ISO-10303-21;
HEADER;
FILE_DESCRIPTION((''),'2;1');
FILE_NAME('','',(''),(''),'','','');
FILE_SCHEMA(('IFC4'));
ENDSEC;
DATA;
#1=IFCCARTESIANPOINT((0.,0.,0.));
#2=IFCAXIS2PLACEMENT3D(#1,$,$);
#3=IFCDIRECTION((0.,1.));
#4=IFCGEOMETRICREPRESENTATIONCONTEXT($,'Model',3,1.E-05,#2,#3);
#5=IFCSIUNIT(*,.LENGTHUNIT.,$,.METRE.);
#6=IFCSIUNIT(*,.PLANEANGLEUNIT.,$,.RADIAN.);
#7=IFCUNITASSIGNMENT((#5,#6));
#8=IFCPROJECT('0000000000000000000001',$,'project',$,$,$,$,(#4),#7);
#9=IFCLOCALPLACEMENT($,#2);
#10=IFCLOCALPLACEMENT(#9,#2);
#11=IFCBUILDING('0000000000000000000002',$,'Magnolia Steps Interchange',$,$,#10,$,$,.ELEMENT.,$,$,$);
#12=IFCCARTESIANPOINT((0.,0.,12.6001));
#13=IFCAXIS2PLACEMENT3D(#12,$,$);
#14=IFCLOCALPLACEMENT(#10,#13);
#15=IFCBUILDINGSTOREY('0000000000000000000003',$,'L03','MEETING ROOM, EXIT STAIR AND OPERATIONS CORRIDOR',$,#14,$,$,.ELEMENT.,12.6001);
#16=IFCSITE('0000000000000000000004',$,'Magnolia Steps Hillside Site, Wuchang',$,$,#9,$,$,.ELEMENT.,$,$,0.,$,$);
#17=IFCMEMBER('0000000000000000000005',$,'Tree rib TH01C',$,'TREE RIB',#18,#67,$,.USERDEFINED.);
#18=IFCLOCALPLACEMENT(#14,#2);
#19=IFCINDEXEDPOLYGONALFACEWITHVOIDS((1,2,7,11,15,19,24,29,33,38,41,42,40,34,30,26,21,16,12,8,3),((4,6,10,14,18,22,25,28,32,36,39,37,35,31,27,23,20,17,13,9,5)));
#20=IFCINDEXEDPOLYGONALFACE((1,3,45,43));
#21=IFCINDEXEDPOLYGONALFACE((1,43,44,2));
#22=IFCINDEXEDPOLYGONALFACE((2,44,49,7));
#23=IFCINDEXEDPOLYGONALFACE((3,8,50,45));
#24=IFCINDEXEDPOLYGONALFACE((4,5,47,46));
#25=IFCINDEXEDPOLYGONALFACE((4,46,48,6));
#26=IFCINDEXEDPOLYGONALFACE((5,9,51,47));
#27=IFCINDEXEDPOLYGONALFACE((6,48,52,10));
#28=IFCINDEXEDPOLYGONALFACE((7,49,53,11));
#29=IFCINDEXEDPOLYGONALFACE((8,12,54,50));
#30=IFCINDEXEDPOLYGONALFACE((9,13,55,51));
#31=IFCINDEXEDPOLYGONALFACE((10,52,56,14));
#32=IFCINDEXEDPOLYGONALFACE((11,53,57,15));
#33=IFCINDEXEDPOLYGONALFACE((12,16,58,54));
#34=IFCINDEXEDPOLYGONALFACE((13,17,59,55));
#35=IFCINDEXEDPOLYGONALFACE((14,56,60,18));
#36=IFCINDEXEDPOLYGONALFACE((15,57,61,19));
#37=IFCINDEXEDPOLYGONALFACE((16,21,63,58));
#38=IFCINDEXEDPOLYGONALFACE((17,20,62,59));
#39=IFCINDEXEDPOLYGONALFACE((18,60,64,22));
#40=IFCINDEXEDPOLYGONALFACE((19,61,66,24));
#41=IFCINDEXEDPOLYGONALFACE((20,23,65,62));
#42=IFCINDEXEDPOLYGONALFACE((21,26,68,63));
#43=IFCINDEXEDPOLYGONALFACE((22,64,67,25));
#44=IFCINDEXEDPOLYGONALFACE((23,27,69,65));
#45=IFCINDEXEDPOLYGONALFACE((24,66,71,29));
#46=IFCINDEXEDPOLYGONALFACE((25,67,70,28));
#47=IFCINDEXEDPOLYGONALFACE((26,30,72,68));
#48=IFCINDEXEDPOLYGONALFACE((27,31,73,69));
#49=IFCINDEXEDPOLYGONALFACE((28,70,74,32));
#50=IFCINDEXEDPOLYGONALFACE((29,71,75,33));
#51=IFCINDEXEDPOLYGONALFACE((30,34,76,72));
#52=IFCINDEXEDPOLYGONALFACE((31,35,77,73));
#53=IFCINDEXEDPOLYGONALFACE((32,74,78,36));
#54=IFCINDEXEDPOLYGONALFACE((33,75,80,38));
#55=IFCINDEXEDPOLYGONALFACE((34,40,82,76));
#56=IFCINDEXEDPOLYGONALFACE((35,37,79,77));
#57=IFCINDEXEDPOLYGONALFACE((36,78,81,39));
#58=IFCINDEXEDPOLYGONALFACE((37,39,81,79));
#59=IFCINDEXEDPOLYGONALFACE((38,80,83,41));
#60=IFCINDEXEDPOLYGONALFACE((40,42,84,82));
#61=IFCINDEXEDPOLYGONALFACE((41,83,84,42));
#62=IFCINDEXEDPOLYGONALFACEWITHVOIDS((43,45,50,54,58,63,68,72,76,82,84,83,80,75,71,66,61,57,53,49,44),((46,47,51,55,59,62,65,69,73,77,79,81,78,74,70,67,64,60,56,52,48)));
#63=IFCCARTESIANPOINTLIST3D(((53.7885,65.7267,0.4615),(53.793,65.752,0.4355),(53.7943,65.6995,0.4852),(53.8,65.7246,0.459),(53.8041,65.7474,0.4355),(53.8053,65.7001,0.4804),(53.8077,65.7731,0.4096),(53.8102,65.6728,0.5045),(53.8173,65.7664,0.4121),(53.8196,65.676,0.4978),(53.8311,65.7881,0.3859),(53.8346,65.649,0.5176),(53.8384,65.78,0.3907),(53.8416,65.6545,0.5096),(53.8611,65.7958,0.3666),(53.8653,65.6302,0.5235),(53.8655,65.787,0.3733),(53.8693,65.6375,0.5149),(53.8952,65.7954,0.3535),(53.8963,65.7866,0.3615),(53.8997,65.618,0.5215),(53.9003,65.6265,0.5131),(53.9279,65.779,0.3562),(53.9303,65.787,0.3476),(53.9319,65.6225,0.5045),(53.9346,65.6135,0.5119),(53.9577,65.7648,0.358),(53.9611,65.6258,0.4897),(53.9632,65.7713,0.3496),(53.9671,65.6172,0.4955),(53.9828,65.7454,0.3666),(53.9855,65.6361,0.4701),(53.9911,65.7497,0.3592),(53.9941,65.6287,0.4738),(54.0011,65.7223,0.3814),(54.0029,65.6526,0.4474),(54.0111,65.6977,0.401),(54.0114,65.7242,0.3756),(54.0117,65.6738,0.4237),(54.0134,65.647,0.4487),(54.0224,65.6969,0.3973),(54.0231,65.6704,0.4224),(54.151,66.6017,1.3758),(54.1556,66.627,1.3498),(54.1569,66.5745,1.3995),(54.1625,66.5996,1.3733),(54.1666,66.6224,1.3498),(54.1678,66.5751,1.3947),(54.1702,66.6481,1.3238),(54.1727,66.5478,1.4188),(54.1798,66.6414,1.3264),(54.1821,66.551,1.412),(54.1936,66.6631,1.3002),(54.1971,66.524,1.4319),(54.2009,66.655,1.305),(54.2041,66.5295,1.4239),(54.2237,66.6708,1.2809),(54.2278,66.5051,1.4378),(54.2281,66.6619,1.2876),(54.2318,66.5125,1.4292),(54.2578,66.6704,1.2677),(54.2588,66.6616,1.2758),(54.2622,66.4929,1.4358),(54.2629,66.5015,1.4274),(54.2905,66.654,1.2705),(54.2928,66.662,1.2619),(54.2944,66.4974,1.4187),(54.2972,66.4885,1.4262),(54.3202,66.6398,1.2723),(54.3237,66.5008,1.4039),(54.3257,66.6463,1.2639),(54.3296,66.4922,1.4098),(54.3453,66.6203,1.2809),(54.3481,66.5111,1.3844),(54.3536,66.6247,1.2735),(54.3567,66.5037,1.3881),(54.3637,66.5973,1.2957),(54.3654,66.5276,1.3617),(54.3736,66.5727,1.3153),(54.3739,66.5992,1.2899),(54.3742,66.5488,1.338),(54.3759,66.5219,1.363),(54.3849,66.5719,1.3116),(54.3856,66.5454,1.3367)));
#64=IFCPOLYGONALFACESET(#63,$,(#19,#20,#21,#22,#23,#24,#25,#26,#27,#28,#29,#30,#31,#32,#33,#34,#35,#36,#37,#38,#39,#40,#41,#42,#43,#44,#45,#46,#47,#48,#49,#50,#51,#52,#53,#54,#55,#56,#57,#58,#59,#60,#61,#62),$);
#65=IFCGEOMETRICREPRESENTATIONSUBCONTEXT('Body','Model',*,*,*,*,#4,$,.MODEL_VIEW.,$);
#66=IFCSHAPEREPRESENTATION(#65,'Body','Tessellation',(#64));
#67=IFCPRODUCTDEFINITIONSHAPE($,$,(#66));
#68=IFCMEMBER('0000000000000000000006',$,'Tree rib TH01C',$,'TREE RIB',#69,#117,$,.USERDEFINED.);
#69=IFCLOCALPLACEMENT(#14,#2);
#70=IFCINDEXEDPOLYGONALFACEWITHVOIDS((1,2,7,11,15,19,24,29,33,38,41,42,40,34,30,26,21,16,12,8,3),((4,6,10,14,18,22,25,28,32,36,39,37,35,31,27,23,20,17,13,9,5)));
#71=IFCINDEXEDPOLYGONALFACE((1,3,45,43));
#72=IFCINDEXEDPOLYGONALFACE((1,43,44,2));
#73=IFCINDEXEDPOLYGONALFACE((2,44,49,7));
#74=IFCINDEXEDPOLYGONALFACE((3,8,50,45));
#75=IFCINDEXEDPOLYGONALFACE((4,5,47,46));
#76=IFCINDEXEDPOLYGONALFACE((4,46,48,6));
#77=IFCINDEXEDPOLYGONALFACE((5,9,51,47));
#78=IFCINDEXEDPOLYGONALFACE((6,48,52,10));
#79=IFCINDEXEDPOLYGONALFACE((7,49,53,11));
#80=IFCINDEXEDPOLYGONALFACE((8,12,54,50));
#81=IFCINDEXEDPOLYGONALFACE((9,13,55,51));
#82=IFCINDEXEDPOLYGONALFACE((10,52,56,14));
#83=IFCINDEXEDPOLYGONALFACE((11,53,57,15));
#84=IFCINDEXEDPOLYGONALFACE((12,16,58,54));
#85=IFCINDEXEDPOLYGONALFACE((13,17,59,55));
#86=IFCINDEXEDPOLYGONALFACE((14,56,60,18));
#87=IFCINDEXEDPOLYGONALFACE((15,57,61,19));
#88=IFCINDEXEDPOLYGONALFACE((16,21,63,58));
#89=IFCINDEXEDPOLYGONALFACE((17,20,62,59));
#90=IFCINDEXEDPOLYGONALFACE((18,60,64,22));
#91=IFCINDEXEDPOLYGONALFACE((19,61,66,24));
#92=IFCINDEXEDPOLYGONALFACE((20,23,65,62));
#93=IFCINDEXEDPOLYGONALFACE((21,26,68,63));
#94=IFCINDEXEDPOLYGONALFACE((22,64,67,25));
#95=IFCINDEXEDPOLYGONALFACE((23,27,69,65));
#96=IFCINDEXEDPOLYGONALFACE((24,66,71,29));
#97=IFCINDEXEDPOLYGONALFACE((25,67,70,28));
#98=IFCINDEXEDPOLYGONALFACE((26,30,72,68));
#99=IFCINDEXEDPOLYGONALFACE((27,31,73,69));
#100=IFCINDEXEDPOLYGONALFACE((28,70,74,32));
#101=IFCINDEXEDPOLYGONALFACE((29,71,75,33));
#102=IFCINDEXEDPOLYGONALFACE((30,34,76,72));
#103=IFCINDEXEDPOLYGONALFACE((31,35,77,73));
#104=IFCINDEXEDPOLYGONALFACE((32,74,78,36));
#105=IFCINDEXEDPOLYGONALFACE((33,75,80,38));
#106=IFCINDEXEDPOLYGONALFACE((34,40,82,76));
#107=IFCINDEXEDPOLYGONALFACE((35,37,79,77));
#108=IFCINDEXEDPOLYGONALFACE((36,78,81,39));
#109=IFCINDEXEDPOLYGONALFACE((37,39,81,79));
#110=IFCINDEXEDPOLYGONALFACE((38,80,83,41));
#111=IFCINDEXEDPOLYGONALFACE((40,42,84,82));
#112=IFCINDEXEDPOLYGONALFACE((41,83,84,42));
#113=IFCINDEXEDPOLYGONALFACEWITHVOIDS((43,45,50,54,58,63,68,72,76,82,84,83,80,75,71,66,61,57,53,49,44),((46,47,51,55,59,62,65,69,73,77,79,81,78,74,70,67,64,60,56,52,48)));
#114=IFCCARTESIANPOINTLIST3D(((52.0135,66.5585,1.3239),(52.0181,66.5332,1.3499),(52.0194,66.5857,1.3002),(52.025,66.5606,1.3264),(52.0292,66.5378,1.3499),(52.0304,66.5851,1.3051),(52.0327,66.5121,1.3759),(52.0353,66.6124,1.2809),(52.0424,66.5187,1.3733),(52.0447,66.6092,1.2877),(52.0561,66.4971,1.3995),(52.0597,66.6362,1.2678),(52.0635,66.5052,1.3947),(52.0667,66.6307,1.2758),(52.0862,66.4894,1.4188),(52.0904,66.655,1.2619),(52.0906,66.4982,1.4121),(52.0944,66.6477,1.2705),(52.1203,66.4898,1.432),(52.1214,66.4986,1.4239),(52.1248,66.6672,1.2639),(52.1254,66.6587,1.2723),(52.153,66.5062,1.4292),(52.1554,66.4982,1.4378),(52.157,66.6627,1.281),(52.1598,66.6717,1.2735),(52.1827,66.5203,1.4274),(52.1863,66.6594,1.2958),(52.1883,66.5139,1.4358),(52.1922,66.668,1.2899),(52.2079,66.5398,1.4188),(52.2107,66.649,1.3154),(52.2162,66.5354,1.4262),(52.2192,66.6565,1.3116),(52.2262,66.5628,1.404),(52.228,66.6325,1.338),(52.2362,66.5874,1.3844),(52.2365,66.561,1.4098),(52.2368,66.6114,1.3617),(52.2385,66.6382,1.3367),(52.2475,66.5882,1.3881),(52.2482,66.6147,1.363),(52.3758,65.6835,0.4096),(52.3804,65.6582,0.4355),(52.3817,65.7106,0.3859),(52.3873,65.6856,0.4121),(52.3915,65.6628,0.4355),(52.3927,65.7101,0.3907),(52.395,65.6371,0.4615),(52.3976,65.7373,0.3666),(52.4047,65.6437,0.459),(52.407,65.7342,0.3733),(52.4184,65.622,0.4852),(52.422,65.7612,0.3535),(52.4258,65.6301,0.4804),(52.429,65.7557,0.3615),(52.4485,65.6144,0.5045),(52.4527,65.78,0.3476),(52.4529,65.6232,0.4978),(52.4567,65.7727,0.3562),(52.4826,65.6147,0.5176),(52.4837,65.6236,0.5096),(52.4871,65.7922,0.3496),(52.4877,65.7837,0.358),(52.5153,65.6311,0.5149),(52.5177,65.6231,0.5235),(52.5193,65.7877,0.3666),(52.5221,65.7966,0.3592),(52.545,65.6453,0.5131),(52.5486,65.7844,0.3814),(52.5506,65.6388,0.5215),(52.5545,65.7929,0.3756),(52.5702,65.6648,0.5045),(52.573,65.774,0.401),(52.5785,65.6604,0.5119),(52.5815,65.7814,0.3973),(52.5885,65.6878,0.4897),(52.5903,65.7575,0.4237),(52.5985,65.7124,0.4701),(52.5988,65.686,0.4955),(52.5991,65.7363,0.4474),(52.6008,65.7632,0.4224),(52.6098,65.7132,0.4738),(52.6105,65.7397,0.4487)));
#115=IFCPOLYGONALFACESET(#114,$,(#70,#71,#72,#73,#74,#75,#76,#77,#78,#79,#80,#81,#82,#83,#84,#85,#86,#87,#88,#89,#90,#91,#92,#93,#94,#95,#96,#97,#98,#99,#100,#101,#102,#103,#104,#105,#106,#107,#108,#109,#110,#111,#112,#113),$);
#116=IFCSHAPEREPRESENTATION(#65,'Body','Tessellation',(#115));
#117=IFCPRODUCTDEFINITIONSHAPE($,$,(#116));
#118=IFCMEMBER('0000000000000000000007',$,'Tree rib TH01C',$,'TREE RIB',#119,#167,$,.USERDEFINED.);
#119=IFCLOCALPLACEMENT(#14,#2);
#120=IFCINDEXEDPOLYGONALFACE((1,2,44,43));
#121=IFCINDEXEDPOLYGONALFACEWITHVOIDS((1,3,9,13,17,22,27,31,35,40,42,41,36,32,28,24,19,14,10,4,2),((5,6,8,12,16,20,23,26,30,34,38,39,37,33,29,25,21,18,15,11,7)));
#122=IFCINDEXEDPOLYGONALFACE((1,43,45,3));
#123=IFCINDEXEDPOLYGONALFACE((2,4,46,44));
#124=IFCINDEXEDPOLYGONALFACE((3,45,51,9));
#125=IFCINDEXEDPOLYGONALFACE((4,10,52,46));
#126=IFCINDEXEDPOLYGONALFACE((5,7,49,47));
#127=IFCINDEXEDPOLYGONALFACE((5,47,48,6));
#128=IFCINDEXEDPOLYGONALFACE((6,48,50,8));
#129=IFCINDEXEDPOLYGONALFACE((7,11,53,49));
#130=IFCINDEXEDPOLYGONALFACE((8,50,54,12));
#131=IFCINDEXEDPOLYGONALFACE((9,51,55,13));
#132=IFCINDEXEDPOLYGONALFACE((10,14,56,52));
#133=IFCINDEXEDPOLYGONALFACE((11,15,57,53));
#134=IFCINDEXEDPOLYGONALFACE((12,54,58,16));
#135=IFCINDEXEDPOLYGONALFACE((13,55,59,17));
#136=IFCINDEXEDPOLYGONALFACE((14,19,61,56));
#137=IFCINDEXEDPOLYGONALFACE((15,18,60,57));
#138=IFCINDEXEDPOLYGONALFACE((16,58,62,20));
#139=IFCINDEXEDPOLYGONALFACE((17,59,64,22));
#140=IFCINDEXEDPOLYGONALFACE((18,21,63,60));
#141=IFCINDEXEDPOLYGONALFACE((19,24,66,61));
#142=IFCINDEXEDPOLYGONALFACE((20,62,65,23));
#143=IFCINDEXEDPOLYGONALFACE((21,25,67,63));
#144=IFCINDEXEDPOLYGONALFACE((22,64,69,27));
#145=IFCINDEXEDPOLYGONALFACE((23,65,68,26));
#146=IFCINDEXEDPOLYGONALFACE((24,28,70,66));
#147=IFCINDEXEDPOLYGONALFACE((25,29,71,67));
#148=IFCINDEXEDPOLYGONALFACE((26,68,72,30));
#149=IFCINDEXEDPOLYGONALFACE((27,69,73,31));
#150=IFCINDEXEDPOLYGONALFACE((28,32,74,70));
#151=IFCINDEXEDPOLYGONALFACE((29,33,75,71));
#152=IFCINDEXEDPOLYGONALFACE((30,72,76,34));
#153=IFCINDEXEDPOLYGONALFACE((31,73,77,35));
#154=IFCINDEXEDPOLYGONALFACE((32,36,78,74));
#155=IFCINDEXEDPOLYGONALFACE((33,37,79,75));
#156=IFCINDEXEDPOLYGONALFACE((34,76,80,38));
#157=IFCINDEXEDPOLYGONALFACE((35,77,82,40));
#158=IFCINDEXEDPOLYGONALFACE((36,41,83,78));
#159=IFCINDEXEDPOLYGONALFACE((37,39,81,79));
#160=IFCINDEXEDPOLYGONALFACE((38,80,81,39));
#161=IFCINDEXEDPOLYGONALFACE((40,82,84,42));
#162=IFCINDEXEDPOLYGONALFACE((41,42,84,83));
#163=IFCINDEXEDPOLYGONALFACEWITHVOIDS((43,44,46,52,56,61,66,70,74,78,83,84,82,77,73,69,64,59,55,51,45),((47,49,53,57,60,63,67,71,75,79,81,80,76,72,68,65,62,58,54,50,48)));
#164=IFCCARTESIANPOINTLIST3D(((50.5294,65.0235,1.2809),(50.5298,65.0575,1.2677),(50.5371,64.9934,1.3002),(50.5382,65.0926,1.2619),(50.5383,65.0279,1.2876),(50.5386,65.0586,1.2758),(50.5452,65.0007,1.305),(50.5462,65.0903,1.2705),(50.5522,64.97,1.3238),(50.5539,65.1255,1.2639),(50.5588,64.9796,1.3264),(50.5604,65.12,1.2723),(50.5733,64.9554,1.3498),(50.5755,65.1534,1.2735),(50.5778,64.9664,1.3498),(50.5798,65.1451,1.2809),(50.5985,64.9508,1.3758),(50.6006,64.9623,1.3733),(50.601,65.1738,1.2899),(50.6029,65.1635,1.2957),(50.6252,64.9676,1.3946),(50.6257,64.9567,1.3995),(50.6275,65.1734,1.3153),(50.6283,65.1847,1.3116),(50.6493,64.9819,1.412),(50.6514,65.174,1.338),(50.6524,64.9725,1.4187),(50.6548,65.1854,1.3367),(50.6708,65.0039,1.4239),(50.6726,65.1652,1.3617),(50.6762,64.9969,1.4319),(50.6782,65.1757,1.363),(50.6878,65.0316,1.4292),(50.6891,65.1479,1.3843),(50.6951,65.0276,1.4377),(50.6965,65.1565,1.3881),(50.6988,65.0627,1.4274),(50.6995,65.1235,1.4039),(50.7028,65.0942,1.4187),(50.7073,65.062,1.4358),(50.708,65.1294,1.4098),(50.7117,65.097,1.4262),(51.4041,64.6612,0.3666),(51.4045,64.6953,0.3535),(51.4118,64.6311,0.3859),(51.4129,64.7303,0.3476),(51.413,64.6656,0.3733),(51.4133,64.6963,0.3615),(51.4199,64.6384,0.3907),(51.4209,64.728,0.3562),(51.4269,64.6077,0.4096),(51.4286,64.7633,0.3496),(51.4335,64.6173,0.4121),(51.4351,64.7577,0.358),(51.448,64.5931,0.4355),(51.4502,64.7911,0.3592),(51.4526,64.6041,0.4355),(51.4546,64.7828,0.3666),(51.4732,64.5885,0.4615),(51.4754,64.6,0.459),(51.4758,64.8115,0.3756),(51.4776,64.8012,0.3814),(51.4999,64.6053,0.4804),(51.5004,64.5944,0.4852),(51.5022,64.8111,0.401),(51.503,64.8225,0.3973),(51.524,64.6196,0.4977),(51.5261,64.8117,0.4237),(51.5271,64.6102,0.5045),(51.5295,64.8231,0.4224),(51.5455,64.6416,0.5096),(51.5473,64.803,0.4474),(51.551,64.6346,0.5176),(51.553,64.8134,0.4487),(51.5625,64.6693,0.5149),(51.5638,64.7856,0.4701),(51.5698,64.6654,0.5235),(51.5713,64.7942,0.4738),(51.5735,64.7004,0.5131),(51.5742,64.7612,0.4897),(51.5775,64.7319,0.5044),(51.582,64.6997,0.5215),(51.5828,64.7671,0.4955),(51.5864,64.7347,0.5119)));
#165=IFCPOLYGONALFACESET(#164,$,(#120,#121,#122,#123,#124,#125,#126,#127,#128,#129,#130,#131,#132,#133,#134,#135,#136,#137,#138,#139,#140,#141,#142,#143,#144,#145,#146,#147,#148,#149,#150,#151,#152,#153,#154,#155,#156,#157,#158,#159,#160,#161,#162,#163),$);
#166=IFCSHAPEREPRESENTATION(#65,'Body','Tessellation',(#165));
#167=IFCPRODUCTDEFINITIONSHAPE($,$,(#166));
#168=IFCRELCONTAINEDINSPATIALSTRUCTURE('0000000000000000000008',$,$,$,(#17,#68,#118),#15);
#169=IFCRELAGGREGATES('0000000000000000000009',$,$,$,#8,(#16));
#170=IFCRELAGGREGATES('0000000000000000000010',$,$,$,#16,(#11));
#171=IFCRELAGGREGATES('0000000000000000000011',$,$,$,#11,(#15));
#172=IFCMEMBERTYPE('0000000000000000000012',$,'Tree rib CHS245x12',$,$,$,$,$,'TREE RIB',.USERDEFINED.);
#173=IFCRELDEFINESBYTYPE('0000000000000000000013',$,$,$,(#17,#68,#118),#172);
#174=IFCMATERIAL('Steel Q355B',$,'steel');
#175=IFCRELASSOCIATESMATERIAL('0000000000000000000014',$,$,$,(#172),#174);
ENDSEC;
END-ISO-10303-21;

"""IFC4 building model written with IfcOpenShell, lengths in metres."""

from ifc_helpers import new_model, si_unit, direction, frame, origin, origin_2d, place, context, subcontext, project, spatial, hollow_circle, extrude, material, material_profile, profile_set, type_object, element, save


model = new_model("IFC4")

# Units and contexts
model_context = context("Model", 3, precision=1e-05, world=origin(), true_north=direction((0.0, 1.0)))
body_context = subcontext(model_context, "Body", "Model", "MODEL_VIEW")
ifc_project = project(units=[si_unit("LENGTHUNIT", "METRE"), si_unit("PLANEANGLEUNIT", "RADIAN")], contexts=[model_context])

# Site, building, storey
site_placement = place(None, origin())
site = spatial("IfcSite", under=ifc_project, at=site_placement, Name="Magnolia Steps Hillside Site, Wuchang", CompositionType="ELEMENT", RefElevation=0.0)
building_placement = place(site_placement, origin())
building = spatial("IfcBuilding", under=site, at=building_placement, Name="Magnolia Steps Interchange", CompositionType="ELEMENT")
storey_placement = place(building_placement, frame((0.0, 0.0, 12.6001)))
storey = spatial("IfcBuildingStorey", under=building, at=storey_placement, Name="L03", Description="MEETING ROOM, EXIT STAIR AND OPERATIONS CORRIDOR", CompositionType="ELEMENT", Elevation=12.6001)

# Members
ifc_material_1 = material(Name="Steel Q355B", Category="steel")
ifc_material_profile_1 = material_profile(ifc_material_1, hollow_circle(Radius=0.1226, WallThickness=0.012, at=origin_2d()), Name="CHS245x12")
ifc_profile_set_1 = profile_set([ifc_material_profile_1], Name="Steel Q355B")
member_type = type_object("IfcMemberType", Name="Tree rib CHS245x12", ElementType="TREE RIB", PredefinedType="USERDEFINED", material=ifc_profile_set_1)
for number, where, z_axis, x_axis, name in (
    (1, (53.9062, 65.7051, 0.4355), (0.2754, 0.66467, 0.694528), (-0.923838, 0.382784, 0.0), "Tree rib TH01C"),
    (2, (52.4937, 65.7051, 0.4355), (-0.275229, 0.664704, 0.694563), (-0.923929, -0.382564, 0.0), "Tree rib TH01C"),
):
    element("IfcMember", number, at=place(storey_placement, frame(where, z_axis=z_axis, x_axis=x_axis)), inside=storey, type_object=member_type, Name=name, ObjectType="TREE RIB", PredefinedType="USERDEFINED", context=body_context, shape_type="SweptSolid", body=[
        extrude(hollow_circle(Radius=0.1226, WallThickness=0.012, at=origin_2d()), origin(), (0.0, 0.0, 1.0), 1.3164),
    ])
for number, where, z_axis, x_axis, name in (
    (3, (51.4949, 64.7063, 0.4355), (-0.6646, 0.275263, 0.694649), (-0.382655, -0.923891, 0.0), "Tree rib TH01C"),
):
    element("IfcMember", number, at=place(storey_placement, frame(where, z_axis=z_axis, x_axis=x_axis)), inside=storey, type_object=member_type, Name=name, ObjectType="TREE RIB", PredefinedType="USERDEFINED", context=body_context, shape_type="SweptSolid", body=[
        extrude(hollow_circle(Radius=0.1226, WallThickness=0.012, at=origin_2d()), origin(), (0.0, 0.0, 1.0), 1.3162),
    ])

save(model, "model.ifc")
